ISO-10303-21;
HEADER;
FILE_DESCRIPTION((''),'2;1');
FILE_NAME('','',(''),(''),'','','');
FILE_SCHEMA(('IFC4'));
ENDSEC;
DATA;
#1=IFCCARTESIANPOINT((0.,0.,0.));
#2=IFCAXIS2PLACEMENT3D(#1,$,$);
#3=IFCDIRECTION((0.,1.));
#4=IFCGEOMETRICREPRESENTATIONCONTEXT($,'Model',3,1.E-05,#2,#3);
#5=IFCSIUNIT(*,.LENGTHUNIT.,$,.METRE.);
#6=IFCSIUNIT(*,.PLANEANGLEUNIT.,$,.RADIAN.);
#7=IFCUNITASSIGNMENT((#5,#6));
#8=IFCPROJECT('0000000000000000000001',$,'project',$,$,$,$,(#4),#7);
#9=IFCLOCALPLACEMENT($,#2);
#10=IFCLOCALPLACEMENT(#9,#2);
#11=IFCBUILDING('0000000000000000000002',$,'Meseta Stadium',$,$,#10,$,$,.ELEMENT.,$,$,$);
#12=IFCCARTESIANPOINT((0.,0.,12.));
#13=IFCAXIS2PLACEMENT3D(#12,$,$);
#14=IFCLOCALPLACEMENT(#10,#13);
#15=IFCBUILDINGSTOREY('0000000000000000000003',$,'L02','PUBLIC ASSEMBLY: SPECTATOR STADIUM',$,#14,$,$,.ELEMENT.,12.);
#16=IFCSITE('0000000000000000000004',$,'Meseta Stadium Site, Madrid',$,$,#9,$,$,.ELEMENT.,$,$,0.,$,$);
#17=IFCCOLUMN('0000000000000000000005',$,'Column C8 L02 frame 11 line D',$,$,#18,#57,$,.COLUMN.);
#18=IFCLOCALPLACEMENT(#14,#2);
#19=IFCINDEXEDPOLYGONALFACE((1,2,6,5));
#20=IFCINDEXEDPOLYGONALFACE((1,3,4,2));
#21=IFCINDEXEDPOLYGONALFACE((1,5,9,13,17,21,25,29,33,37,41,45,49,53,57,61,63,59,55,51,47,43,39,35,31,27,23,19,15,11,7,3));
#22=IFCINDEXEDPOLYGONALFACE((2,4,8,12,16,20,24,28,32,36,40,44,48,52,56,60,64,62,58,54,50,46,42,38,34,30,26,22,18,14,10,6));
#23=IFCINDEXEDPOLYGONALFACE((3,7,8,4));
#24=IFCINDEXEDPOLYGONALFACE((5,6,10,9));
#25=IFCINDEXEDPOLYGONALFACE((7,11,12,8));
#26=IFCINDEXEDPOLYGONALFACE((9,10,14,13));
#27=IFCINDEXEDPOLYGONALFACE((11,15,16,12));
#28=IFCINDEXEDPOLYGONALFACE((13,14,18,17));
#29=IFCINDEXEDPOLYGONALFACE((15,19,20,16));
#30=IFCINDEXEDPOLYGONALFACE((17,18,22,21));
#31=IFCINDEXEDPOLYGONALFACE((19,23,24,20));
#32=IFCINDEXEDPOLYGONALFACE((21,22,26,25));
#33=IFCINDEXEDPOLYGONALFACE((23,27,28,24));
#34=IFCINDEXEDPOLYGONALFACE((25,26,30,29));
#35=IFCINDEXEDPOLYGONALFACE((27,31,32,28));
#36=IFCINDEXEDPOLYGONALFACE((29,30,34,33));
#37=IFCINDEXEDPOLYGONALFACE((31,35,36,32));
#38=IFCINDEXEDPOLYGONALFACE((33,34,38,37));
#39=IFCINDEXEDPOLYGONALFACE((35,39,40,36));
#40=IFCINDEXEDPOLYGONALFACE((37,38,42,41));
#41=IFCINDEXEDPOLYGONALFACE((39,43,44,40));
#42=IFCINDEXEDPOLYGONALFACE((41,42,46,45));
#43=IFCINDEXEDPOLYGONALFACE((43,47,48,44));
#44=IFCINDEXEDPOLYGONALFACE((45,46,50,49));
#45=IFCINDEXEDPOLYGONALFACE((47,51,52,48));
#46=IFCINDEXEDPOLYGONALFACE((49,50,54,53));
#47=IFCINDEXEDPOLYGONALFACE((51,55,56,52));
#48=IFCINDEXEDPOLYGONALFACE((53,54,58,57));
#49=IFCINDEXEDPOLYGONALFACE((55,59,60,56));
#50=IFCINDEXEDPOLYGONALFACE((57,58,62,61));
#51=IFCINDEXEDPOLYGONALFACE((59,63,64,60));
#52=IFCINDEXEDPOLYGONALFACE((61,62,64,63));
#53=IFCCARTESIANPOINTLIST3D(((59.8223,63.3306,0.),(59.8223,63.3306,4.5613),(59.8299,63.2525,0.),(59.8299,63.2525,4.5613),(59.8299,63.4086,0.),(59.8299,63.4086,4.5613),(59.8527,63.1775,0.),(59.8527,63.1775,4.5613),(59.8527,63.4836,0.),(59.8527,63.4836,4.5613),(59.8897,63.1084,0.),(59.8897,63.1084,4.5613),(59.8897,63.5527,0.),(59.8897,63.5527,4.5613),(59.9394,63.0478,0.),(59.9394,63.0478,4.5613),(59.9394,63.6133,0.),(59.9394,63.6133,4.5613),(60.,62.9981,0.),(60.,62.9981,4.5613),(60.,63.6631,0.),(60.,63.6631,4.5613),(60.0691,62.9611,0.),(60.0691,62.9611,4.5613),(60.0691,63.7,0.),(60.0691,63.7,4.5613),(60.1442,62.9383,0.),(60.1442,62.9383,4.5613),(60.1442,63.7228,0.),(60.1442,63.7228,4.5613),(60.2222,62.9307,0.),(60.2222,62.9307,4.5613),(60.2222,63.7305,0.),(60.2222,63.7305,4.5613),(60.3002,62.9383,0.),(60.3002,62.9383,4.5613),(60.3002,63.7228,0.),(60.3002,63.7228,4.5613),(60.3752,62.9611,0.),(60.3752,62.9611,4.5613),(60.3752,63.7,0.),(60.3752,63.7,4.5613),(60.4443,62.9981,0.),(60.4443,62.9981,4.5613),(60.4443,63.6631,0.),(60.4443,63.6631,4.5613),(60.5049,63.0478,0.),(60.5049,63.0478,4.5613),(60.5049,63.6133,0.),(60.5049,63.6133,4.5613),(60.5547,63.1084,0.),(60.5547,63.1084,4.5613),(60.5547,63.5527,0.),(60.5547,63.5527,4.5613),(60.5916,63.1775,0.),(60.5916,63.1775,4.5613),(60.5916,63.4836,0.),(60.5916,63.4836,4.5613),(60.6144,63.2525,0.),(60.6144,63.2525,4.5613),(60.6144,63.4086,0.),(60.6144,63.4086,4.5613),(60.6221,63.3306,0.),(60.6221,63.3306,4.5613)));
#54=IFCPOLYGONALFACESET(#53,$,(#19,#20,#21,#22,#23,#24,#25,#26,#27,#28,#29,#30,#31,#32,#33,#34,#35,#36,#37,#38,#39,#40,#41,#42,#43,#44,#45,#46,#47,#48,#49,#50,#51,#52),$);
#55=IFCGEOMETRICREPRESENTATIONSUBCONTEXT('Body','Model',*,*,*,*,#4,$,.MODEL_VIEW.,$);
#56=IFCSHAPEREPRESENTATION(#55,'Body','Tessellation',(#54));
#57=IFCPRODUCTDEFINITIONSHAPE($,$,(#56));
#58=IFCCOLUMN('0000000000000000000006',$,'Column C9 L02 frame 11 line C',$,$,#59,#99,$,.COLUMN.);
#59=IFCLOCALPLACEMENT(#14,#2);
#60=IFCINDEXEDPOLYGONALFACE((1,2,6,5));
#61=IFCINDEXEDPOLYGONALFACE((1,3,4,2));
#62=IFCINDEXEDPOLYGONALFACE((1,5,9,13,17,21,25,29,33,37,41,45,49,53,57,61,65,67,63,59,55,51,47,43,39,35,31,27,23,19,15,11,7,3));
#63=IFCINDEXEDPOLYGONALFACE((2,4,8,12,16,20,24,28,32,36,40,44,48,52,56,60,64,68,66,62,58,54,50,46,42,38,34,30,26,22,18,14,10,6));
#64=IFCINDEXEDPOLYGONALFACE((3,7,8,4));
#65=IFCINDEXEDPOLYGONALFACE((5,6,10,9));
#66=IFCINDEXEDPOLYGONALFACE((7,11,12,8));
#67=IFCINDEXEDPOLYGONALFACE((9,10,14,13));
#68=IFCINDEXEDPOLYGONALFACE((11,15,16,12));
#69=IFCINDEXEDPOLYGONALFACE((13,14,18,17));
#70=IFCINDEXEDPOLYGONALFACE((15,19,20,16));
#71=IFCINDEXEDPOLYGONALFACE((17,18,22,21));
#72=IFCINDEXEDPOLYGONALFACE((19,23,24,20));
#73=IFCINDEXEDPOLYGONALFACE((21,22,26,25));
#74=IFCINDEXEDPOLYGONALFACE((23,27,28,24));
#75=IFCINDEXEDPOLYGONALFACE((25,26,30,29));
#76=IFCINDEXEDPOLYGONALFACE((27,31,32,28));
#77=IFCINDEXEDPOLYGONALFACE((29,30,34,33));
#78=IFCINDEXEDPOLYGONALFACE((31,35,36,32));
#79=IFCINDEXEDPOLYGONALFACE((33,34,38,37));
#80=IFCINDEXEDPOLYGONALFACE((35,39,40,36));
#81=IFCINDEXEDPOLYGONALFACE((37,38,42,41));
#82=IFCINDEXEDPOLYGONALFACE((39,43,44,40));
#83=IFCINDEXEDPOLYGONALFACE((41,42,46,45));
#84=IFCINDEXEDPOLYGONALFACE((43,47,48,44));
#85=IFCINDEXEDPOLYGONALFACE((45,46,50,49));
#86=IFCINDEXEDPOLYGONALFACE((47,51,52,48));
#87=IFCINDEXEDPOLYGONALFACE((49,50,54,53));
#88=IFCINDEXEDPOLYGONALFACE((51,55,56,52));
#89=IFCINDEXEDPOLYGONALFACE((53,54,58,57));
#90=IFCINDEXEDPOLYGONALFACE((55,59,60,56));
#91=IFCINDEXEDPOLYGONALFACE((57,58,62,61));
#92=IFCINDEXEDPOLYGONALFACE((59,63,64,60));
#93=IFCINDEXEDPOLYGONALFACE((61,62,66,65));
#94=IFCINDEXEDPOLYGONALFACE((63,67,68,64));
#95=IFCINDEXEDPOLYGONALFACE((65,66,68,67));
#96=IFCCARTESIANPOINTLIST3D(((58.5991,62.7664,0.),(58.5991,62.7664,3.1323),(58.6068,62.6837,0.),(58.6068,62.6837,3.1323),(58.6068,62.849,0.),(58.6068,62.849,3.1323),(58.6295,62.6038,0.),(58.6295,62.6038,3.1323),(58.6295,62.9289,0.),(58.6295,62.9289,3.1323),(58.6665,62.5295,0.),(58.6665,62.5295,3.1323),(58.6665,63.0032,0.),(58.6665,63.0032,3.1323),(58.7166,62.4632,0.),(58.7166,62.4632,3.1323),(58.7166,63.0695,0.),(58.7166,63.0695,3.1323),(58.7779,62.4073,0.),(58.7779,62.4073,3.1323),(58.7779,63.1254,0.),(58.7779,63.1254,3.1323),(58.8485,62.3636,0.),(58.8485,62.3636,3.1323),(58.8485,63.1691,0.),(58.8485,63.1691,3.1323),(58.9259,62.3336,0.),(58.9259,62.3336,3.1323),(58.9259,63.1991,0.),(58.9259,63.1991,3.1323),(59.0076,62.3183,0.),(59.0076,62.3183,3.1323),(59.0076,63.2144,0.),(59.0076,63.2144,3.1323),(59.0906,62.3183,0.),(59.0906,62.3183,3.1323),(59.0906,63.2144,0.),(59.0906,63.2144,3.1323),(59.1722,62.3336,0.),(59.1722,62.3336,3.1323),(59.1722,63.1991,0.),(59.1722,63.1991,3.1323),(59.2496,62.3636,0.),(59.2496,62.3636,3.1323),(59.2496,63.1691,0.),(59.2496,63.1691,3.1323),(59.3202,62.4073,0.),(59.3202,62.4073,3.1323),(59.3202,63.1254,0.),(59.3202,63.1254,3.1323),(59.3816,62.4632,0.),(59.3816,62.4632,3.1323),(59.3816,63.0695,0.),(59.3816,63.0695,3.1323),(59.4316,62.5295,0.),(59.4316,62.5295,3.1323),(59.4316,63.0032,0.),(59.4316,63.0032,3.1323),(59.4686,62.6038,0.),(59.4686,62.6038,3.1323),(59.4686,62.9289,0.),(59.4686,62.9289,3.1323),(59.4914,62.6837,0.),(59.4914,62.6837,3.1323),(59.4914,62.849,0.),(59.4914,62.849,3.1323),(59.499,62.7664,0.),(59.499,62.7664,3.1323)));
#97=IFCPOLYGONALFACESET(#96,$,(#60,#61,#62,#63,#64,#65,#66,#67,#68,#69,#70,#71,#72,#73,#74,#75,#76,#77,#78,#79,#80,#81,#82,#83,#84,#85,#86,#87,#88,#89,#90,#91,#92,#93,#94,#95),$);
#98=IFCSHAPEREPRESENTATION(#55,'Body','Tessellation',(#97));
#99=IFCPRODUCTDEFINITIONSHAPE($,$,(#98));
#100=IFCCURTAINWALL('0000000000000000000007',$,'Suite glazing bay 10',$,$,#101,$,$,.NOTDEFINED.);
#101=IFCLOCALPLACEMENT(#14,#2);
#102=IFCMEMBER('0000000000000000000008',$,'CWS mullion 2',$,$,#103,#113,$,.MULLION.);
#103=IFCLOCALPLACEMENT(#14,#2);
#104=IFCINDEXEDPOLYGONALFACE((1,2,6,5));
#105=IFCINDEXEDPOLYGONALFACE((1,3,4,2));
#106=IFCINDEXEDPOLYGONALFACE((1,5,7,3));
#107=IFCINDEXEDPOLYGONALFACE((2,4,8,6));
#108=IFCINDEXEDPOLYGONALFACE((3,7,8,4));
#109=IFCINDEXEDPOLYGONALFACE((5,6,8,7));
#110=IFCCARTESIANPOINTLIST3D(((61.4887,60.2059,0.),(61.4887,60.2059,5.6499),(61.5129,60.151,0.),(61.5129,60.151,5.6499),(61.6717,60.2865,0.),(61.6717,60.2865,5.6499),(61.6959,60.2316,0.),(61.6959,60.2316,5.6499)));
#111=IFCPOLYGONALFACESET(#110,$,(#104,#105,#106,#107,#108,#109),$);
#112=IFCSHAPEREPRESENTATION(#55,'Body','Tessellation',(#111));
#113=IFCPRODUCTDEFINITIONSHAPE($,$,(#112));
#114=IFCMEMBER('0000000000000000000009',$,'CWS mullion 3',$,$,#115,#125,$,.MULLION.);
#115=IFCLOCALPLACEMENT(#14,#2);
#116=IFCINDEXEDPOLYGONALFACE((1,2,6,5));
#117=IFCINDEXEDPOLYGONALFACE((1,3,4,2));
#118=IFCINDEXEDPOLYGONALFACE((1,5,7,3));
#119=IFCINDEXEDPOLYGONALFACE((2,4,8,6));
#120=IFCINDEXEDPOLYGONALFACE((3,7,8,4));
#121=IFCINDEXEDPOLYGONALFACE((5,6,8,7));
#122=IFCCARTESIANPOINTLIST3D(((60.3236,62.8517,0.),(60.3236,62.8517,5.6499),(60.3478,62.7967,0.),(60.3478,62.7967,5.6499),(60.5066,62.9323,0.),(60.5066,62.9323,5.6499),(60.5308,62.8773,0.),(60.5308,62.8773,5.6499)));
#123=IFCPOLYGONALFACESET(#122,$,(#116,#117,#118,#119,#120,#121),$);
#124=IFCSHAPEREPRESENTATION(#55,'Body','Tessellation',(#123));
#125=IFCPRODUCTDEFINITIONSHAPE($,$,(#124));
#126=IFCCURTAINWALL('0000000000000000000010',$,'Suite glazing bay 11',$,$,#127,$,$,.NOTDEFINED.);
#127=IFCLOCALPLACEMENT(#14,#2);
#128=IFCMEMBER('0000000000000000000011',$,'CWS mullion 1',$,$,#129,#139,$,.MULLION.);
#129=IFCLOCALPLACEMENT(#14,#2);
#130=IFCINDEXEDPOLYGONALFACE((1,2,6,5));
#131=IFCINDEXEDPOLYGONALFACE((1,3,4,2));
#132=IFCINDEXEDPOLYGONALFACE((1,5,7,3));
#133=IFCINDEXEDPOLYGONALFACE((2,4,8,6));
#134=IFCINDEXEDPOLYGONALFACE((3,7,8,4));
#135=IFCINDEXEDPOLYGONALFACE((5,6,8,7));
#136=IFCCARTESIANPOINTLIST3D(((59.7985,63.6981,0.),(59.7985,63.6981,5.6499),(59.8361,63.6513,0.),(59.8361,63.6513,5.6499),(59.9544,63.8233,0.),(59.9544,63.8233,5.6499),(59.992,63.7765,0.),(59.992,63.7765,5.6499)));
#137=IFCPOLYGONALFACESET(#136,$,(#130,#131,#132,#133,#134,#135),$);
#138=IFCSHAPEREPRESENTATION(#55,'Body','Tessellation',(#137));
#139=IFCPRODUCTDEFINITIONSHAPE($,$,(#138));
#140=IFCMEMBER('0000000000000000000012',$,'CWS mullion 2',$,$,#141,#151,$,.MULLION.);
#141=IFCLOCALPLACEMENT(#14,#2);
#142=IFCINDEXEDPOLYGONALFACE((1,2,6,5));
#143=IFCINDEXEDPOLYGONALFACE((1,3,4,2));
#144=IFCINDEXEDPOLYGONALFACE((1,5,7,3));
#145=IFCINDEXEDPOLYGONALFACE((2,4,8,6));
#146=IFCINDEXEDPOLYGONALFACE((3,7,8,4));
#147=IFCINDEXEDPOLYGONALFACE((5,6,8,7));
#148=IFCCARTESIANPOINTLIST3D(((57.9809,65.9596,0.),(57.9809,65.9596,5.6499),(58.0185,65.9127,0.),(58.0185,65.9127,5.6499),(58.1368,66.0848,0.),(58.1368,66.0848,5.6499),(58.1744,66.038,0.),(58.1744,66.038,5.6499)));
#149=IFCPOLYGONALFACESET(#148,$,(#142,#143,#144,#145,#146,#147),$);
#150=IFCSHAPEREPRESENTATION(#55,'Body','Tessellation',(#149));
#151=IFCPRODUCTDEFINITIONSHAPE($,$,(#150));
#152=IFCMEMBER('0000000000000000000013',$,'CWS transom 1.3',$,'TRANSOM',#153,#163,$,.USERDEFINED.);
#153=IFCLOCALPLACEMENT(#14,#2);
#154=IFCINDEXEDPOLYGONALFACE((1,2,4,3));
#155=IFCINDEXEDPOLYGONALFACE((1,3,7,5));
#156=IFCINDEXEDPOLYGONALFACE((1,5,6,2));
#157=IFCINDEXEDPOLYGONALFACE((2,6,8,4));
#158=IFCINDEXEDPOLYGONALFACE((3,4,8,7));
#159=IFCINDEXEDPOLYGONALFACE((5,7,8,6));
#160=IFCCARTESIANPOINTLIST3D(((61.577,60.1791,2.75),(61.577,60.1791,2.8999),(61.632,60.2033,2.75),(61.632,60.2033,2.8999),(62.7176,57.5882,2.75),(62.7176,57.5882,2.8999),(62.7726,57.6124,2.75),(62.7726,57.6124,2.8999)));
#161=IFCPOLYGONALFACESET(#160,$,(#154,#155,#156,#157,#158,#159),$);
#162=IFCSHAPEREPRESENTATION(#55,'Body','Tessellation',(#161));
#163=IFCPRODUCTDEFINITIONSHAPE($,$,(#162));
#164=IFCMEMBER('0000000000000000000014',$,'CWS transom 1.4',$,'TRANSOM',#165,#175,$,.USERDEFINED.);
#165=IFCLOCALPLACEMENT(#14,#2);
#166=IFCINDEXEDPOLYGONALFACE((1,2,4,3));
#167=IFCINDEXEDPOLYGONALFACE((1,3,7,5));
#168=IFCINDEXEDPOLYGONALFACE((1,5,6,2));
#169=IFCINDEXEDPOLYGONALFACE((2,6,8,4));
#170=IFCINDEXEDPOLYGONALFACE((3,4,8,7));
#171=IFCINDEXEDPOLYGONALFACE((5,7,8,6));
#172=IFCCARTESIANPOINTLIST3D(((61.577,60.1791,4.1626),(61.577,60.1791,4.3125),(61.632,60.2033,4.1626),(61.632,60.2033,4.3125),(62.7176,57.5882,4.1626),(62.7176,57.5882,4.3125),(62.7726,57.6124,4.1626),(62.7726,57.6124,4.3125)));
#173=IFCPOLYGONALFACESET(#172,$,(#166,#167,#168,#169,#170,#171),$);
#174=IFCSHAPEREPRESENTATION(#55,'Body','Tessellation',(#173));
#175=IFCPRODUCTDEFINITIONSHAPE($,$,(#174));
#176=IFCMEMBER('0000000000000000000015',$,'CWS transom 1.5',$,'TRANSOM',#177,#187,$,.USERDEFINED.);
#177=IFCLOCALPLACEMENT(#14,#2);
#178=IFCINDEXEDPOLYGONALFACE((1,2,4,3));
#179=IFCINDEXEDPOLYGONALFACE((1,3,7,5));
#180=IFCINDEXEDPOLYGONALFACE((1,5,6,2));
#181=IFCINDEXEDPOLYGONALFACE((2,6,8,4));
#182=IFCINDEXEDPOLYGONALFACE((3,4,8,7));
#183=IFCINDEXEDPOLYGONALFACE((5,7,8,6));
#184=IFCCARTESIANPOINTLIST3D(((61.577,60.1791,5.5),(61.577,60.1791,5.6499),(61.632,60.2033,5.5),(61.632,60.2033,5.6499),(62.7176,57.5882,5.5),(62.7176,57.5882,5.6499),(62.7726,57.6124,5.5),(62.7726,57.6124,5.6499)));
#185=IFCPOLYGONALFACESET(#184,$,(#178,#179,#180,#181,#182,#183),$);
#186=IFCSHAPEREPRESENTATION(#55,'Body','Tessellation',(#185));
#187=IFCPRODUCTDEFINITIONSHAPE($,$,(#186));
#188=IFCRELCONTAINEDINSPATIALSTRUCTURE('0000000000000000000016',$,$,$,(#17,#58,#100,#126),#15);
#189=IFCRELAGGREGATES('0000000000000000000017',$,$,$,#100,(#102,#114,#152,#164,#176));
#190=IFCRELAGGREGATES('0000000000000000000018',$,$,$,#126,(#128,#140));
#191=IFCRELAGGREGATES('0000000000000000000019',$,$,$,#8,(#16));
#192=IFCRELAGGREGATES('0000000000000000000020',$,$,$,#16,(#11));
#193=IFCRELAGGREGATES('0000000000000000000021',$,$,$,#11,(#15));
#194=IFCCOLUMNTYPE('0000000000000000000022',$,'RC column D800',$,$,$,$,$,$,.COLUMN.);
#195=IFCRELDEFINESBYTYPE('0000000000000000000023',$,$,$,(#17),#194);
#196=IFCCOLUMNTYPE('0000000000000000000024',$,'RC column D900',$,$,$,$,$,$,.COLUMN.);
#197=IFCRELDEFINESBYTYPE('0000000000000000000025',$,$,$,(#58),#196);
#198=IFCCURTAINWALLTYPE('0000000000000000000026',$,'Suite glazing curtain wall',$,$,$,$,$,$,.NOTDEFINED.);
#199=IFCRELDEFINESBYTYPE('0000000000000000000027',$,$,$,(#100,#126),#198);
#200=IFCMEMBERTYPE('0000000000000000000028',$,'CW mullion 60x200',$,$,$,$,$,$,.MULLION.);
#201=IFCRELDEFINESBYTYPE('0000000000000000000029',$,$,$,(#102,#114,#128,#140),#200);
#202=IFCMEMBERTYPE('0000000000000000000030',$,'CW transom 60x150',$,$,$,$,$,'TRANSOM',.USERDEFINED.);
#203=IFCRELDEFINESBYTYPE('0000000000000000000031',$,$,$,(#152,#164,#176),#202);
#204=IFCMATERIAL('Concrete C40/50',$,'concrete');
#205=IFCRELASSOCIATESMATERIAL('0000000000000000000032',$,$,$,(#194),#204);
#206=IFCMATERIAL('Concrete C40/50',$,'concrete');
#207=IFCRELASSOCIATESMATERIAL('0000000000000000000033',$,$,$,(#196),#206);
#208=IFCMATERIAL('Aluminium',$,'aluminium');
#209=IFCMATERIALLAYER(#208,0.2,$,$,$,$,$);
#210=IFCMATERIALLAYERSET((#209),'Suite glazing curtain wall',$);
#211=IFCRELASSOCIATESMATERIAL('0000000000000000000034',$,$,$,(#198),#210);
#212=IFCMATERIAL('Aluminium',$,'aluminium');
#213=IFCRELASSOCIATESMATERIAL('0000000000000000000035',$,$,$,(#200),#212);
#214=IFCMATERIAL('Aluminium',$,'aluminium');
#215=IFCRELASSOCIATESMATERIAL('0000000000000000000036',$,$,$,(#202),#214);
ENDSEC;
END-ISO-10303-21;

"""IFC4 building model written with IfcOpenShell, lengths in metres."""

from ifc_helpers import new_model, si_unit, direction, frame, origin, origin_2d, place, context, subcontext, project, spatial, rectangle, circle, extrude, material, layer, layer_set, material_profile, profile_set, type_object, element, aggregate, save


model = new_model("IFC4")

# Units and contexts
model_context = context("Model", 3, precision=1e-05, world=origin(), true_north=direction((0.0, 1.0)))
body_context = subcontext(model_context, "Body", "Model", "MODEL_VIEW")
ifc_project = project(units=[si_unit("LENGTHUNIT", "METRE"), si_unit("PLANEANGLEUNIT", "RADIAN")], contexts=[model_context])

# Site, building, storey
site_placement = place(None, origin())
site = spatial("IfcSite", under=ifc_project, at=site_placement, Name="Meseta Stadium Site, Madrid", CompositionType="ELEMENT", RefElevation=0.0)
building_placement = place(site_placement, origin())
building = spatial("IfcBuilding", under=site, at=building_placement, Name="Meseta Stadium", CompositionType="ELEMENT")
storey_placement = place(building_placement, frame((0.0, 0.0, 12.0)))
storey = spatial("IfcBuildingStorey", under=building, at=storey_placement, Name="L02", Description="PUBLIC ASSEMBLY: SPECTATOR STADIUM", CompositionType="ELEMENT", Elevation=12.0)

# Columns
ifc_material_1 = material(Name="Concrete C40/50", Category="concrete")
ifc_material_profile_1 = material_profile(ifc_material_1, circle(Radius=0.3999, at=origin_2d()), Name="RC D800")
ifc_profile_set_1 = profile_set([ifc_material_profile_1], Name="Concrete C40/50")
column_type_1 = type_object("IfcColumnType", Name="RC column D800", PredefinedType="COLUMN", material=ifc_profile_set_1)
column_1_placement = place(storey_placement, frame((60.2222, 63.3306, 0.0), z_axis=(0.0, 0.0, 1.0), x_axis=(1.0, 0.0, 0.0)))
element("IfcColumn", 1, at=column_1_placement, inside=storey, type_object=column_type_1, Name="Column C8 L02 frame 11 line D", PredefinedType="COLUMN", context=body_context, shape_type="SweptSolid", body=[
    extrude(circle(Radius=0.3999, at=origin_2d()), origin(), (0.0, 0.0, 1.0), 4.5613),
])
ifc_material_2 = material(Name="Concrete C40/50", Category="concrete")
ifc_material_profile_2 = material_profile(ifc_material_2, circle(Radius=0.45, at=origin_2d()), Name="RC D900")
ifc_profile_set_2 = profile_set([ifc_material_profile_2], Name="Concrete C40/50")
column_type_2 = type_object("IfcColumnType", Name="RC column D900", PredefinedType="COLUMN", material=ifc_profile_set_2)
column_2_placement = place(storey_placement, frame((59.0491, 62.7664, 0.0), z_axis=(0.0, 0.0, 1.0), x_axis=(1.0, 0.0, 0.0)))
element("IfcColumn", 2, at=column_2_placement, inside=storey, type_object=column_type_2, Name="Column C9 L02 frame 11 line C", PredefinedType="COLUMN", context=body_context, shape_type="SweptSolid", body=[
    extrude(circle(Radius=0.45, at=origin_2d()), origin(), (0.0, 0.0, 1.0), 3.1323),
])

# Curtain walls, members
ifc_material_3 = material(Name="Aluminium", Category="aluminium")
ifc_layer_1 = layer(ifc_material_3, 0.2)
ifc_layer_set_1 = layer_set([ifc_layer_1], Name="Suite glazing curtain wall")
curtain_wall_type = type_object("IfcCurtainWallType", Name="Suite glazing curtain wall", PredefinedType="NOTDEFINED", material=ifc_layer_set_1)
curtain_wall_1_placement = place(storey_placement, origin())
curtain_wall_1 = element("IfcCurtainWall", 3, at=curtain_wall_1_placement, inside=storey, type_object=curtain_wall_type, Name="Suite glazing bay 10", PredefinedType="NOTDEFINED")
ifc_material_4 = material(Name="Aluminium", Category="aluminium")
ifc_material_profile_3 = material_profile(ifc_material_4, rectangle(XDim=0.2, YDim=0.0601, at=origin_2d()), Name="CW 200x60")
ifc_profile_set_3 = profile_set([ifc_material_profile_3], Name="Aluminium")
member_type_1 = type_object("IfcMemberType", Name="CW mullion 60x200", PredefinedType="MULLION", material=ifc_profile_set_3)
member_1_placement = place(storey_placement, frame((61.5923, 60.2188, 0.0), z_axis=(0.0, 0.0, 1.0), x_axis=(-0.915207, -0.402983, 0.0)))
member_1 = element("IfcMember", 4, at=member_1_placement, type_object=member_type_1, Name="CWS mullion 2", PredefinedType="MULLION", context=body_context, shape_type="SweptSolid", body=[
    extrude(rectangle(XDim=0.2, YDim=0.0601, at=origin_2d()), origin(), (0.0, 0.0, 1.0), 5.6499),
])
member_2_placement = place(storey_placement, frame((60.4272, 62.8645, 0.0), z_axis=(0.0, 0.0, 1.0), x_axis=(-0.915207, -0.402983, 0.0)))
member_2 = element("IfcMember", 5, at=member_2_placement, type_object=member_type_1, Name="CWS mullion 3", PredefinedType="MULLION", context=body_context, shape_type="SweptSolid", body=[
    extrude(rectangle(XDim=0.2, YDim=0.0601, at=origin_2d()), origin(), (0.0, 0.0, 1.0), 5.6499),
])
curtain_wall_2_placement = place(storey_placement, origin())
curtain_wall_2 = element("IfcCurtainWall", 6, at=curtain_wall_2_placement, inside=storey, type_object=curtain_wall_type, Name="Suite glazing bay 11", PredefinedType="NOTDEFINED")
member_3_placement = place(storey_placement, frame((59.8953, 63.7373, 0.0), z_axis=(0.0, 0.0, 1.0), x_axis=(-0.779454, -0.62646, 0.0)))
member_3 = element("IfcMember", 7, at=member_3_placement, type_object=member_type_1, Name="CWS mullion 1", PredefinedType="MULLION", context=body_context, shape_type="SweptSolid", body=[
    extrude(rectangle(XDim=0.2, YDim=0.0601, at=origin_2d()), origin(), (0.0, 0.0, 1.0), 5.6499),
])
member_4_placement = place(storey_placement, frame((58.0776, 65.9988, 0.0), z_axis=(0.0, 0.0, 1.0), x_axis=(-0.779454, -0.62646, 0.0)))
member_4 = element("IfcMember", 8, at=member_4_placement, type_object=member_type_1, Name="CWS mullion 2", PredefinedType="MULLION", context=body_context, shape_type="SweptSolid", body=[
    extrude(rectangle(XDim=0.2, YDim=0.0601, at=origin_2d()), origin(), (0.0, 0.0, 1.0), 5.6499),
])

# Members
ifc_material_5 = material(Name="Aluminium", Category="aluminium")
ifc_material_profile_4 = material_profile(ifc_material_5, rectangle(XDim=0.0601, YDim=0.1499, at=origin_2d()), Name="CW 60x150")
ifc_profile_set_4 = profile_set([ifc_material_profile_4], Name="Aluminium")
member_type_2 = type_object("IfcMemberType", Name="CW transom 60x150", ElementType="TRANSOM", PredefinedType="USERDEFINED", material=ifc_profile_set_4)
member_5_placement = place(storey_placement, frame((62.7451, 57.6003, 2.825), z_axis=(-0.402935, 0.915229, 0.0), x_axis=(-0.915229, -0.402935, 0.0)))
member_5 = element("IfcMember", 9, at=member_5_placement, type_object=member_type_2, Name="CWS transom 1.3", ObjectType="TRANSOM", PredefinedType="USERDEFINED", context=body_context, shape_type="SweptSolid", body=[
    extrude(rectangle(XDim=0.0601, YDim=0.1499, at=origin_2d()), origin(), (0.0, 0.0, 1.0), 2.8308),
])
member_6_placement = place(storey_placement, frame((62.7451, 57.6003, 4.2375), z_axis=(-0.402935, 0.915229, 0.0), x_axis=(-0.915229, -0.402935, 0.0)))
member_6 = element("IfcMember", 10, at=member_6_placement, type_object=member_type_2, Name="CWS transom 1.4", ObjectType="TRANSOM", PredefinedType="USERDEFINED", context=body_context, shape_type="SweptSolid", body=[
    extrude(rectangle(XDim=0.0601, YDim=0.1499, at=origin_2d()), origin(), (0.0, 0.0, 1.0), 2.8308),
])
member_7_placement = place(storey_placement, frame((62.7451, 57.6003, 5.575), z_axis=(-0.402935, 0.915229, 0.0), x_axis=(-0.915229, -0.402935, 0.0)))
member_7 = element("IfcMember", 11, at=member_7_placement, type_object=member_type_2, Name="CWS transom 1.5", ObjectType="TRANSOM", PredefinedType="USERDEFINED", context=body_context, shape_type="SweptSolid", body=[
    extrude(rectangle(XDim=0.0601, YDim=0.1499, at=origin_2d()), origin(), (0.0, 0.0, 1.0), 2.8308),
])

aggregate(curtain_wall_1, [member_1, member_2, member_5, member_6, member_7])
aggregate(curtain_wall_2, [member_3, member_4])

save(model, "model.ifc")
